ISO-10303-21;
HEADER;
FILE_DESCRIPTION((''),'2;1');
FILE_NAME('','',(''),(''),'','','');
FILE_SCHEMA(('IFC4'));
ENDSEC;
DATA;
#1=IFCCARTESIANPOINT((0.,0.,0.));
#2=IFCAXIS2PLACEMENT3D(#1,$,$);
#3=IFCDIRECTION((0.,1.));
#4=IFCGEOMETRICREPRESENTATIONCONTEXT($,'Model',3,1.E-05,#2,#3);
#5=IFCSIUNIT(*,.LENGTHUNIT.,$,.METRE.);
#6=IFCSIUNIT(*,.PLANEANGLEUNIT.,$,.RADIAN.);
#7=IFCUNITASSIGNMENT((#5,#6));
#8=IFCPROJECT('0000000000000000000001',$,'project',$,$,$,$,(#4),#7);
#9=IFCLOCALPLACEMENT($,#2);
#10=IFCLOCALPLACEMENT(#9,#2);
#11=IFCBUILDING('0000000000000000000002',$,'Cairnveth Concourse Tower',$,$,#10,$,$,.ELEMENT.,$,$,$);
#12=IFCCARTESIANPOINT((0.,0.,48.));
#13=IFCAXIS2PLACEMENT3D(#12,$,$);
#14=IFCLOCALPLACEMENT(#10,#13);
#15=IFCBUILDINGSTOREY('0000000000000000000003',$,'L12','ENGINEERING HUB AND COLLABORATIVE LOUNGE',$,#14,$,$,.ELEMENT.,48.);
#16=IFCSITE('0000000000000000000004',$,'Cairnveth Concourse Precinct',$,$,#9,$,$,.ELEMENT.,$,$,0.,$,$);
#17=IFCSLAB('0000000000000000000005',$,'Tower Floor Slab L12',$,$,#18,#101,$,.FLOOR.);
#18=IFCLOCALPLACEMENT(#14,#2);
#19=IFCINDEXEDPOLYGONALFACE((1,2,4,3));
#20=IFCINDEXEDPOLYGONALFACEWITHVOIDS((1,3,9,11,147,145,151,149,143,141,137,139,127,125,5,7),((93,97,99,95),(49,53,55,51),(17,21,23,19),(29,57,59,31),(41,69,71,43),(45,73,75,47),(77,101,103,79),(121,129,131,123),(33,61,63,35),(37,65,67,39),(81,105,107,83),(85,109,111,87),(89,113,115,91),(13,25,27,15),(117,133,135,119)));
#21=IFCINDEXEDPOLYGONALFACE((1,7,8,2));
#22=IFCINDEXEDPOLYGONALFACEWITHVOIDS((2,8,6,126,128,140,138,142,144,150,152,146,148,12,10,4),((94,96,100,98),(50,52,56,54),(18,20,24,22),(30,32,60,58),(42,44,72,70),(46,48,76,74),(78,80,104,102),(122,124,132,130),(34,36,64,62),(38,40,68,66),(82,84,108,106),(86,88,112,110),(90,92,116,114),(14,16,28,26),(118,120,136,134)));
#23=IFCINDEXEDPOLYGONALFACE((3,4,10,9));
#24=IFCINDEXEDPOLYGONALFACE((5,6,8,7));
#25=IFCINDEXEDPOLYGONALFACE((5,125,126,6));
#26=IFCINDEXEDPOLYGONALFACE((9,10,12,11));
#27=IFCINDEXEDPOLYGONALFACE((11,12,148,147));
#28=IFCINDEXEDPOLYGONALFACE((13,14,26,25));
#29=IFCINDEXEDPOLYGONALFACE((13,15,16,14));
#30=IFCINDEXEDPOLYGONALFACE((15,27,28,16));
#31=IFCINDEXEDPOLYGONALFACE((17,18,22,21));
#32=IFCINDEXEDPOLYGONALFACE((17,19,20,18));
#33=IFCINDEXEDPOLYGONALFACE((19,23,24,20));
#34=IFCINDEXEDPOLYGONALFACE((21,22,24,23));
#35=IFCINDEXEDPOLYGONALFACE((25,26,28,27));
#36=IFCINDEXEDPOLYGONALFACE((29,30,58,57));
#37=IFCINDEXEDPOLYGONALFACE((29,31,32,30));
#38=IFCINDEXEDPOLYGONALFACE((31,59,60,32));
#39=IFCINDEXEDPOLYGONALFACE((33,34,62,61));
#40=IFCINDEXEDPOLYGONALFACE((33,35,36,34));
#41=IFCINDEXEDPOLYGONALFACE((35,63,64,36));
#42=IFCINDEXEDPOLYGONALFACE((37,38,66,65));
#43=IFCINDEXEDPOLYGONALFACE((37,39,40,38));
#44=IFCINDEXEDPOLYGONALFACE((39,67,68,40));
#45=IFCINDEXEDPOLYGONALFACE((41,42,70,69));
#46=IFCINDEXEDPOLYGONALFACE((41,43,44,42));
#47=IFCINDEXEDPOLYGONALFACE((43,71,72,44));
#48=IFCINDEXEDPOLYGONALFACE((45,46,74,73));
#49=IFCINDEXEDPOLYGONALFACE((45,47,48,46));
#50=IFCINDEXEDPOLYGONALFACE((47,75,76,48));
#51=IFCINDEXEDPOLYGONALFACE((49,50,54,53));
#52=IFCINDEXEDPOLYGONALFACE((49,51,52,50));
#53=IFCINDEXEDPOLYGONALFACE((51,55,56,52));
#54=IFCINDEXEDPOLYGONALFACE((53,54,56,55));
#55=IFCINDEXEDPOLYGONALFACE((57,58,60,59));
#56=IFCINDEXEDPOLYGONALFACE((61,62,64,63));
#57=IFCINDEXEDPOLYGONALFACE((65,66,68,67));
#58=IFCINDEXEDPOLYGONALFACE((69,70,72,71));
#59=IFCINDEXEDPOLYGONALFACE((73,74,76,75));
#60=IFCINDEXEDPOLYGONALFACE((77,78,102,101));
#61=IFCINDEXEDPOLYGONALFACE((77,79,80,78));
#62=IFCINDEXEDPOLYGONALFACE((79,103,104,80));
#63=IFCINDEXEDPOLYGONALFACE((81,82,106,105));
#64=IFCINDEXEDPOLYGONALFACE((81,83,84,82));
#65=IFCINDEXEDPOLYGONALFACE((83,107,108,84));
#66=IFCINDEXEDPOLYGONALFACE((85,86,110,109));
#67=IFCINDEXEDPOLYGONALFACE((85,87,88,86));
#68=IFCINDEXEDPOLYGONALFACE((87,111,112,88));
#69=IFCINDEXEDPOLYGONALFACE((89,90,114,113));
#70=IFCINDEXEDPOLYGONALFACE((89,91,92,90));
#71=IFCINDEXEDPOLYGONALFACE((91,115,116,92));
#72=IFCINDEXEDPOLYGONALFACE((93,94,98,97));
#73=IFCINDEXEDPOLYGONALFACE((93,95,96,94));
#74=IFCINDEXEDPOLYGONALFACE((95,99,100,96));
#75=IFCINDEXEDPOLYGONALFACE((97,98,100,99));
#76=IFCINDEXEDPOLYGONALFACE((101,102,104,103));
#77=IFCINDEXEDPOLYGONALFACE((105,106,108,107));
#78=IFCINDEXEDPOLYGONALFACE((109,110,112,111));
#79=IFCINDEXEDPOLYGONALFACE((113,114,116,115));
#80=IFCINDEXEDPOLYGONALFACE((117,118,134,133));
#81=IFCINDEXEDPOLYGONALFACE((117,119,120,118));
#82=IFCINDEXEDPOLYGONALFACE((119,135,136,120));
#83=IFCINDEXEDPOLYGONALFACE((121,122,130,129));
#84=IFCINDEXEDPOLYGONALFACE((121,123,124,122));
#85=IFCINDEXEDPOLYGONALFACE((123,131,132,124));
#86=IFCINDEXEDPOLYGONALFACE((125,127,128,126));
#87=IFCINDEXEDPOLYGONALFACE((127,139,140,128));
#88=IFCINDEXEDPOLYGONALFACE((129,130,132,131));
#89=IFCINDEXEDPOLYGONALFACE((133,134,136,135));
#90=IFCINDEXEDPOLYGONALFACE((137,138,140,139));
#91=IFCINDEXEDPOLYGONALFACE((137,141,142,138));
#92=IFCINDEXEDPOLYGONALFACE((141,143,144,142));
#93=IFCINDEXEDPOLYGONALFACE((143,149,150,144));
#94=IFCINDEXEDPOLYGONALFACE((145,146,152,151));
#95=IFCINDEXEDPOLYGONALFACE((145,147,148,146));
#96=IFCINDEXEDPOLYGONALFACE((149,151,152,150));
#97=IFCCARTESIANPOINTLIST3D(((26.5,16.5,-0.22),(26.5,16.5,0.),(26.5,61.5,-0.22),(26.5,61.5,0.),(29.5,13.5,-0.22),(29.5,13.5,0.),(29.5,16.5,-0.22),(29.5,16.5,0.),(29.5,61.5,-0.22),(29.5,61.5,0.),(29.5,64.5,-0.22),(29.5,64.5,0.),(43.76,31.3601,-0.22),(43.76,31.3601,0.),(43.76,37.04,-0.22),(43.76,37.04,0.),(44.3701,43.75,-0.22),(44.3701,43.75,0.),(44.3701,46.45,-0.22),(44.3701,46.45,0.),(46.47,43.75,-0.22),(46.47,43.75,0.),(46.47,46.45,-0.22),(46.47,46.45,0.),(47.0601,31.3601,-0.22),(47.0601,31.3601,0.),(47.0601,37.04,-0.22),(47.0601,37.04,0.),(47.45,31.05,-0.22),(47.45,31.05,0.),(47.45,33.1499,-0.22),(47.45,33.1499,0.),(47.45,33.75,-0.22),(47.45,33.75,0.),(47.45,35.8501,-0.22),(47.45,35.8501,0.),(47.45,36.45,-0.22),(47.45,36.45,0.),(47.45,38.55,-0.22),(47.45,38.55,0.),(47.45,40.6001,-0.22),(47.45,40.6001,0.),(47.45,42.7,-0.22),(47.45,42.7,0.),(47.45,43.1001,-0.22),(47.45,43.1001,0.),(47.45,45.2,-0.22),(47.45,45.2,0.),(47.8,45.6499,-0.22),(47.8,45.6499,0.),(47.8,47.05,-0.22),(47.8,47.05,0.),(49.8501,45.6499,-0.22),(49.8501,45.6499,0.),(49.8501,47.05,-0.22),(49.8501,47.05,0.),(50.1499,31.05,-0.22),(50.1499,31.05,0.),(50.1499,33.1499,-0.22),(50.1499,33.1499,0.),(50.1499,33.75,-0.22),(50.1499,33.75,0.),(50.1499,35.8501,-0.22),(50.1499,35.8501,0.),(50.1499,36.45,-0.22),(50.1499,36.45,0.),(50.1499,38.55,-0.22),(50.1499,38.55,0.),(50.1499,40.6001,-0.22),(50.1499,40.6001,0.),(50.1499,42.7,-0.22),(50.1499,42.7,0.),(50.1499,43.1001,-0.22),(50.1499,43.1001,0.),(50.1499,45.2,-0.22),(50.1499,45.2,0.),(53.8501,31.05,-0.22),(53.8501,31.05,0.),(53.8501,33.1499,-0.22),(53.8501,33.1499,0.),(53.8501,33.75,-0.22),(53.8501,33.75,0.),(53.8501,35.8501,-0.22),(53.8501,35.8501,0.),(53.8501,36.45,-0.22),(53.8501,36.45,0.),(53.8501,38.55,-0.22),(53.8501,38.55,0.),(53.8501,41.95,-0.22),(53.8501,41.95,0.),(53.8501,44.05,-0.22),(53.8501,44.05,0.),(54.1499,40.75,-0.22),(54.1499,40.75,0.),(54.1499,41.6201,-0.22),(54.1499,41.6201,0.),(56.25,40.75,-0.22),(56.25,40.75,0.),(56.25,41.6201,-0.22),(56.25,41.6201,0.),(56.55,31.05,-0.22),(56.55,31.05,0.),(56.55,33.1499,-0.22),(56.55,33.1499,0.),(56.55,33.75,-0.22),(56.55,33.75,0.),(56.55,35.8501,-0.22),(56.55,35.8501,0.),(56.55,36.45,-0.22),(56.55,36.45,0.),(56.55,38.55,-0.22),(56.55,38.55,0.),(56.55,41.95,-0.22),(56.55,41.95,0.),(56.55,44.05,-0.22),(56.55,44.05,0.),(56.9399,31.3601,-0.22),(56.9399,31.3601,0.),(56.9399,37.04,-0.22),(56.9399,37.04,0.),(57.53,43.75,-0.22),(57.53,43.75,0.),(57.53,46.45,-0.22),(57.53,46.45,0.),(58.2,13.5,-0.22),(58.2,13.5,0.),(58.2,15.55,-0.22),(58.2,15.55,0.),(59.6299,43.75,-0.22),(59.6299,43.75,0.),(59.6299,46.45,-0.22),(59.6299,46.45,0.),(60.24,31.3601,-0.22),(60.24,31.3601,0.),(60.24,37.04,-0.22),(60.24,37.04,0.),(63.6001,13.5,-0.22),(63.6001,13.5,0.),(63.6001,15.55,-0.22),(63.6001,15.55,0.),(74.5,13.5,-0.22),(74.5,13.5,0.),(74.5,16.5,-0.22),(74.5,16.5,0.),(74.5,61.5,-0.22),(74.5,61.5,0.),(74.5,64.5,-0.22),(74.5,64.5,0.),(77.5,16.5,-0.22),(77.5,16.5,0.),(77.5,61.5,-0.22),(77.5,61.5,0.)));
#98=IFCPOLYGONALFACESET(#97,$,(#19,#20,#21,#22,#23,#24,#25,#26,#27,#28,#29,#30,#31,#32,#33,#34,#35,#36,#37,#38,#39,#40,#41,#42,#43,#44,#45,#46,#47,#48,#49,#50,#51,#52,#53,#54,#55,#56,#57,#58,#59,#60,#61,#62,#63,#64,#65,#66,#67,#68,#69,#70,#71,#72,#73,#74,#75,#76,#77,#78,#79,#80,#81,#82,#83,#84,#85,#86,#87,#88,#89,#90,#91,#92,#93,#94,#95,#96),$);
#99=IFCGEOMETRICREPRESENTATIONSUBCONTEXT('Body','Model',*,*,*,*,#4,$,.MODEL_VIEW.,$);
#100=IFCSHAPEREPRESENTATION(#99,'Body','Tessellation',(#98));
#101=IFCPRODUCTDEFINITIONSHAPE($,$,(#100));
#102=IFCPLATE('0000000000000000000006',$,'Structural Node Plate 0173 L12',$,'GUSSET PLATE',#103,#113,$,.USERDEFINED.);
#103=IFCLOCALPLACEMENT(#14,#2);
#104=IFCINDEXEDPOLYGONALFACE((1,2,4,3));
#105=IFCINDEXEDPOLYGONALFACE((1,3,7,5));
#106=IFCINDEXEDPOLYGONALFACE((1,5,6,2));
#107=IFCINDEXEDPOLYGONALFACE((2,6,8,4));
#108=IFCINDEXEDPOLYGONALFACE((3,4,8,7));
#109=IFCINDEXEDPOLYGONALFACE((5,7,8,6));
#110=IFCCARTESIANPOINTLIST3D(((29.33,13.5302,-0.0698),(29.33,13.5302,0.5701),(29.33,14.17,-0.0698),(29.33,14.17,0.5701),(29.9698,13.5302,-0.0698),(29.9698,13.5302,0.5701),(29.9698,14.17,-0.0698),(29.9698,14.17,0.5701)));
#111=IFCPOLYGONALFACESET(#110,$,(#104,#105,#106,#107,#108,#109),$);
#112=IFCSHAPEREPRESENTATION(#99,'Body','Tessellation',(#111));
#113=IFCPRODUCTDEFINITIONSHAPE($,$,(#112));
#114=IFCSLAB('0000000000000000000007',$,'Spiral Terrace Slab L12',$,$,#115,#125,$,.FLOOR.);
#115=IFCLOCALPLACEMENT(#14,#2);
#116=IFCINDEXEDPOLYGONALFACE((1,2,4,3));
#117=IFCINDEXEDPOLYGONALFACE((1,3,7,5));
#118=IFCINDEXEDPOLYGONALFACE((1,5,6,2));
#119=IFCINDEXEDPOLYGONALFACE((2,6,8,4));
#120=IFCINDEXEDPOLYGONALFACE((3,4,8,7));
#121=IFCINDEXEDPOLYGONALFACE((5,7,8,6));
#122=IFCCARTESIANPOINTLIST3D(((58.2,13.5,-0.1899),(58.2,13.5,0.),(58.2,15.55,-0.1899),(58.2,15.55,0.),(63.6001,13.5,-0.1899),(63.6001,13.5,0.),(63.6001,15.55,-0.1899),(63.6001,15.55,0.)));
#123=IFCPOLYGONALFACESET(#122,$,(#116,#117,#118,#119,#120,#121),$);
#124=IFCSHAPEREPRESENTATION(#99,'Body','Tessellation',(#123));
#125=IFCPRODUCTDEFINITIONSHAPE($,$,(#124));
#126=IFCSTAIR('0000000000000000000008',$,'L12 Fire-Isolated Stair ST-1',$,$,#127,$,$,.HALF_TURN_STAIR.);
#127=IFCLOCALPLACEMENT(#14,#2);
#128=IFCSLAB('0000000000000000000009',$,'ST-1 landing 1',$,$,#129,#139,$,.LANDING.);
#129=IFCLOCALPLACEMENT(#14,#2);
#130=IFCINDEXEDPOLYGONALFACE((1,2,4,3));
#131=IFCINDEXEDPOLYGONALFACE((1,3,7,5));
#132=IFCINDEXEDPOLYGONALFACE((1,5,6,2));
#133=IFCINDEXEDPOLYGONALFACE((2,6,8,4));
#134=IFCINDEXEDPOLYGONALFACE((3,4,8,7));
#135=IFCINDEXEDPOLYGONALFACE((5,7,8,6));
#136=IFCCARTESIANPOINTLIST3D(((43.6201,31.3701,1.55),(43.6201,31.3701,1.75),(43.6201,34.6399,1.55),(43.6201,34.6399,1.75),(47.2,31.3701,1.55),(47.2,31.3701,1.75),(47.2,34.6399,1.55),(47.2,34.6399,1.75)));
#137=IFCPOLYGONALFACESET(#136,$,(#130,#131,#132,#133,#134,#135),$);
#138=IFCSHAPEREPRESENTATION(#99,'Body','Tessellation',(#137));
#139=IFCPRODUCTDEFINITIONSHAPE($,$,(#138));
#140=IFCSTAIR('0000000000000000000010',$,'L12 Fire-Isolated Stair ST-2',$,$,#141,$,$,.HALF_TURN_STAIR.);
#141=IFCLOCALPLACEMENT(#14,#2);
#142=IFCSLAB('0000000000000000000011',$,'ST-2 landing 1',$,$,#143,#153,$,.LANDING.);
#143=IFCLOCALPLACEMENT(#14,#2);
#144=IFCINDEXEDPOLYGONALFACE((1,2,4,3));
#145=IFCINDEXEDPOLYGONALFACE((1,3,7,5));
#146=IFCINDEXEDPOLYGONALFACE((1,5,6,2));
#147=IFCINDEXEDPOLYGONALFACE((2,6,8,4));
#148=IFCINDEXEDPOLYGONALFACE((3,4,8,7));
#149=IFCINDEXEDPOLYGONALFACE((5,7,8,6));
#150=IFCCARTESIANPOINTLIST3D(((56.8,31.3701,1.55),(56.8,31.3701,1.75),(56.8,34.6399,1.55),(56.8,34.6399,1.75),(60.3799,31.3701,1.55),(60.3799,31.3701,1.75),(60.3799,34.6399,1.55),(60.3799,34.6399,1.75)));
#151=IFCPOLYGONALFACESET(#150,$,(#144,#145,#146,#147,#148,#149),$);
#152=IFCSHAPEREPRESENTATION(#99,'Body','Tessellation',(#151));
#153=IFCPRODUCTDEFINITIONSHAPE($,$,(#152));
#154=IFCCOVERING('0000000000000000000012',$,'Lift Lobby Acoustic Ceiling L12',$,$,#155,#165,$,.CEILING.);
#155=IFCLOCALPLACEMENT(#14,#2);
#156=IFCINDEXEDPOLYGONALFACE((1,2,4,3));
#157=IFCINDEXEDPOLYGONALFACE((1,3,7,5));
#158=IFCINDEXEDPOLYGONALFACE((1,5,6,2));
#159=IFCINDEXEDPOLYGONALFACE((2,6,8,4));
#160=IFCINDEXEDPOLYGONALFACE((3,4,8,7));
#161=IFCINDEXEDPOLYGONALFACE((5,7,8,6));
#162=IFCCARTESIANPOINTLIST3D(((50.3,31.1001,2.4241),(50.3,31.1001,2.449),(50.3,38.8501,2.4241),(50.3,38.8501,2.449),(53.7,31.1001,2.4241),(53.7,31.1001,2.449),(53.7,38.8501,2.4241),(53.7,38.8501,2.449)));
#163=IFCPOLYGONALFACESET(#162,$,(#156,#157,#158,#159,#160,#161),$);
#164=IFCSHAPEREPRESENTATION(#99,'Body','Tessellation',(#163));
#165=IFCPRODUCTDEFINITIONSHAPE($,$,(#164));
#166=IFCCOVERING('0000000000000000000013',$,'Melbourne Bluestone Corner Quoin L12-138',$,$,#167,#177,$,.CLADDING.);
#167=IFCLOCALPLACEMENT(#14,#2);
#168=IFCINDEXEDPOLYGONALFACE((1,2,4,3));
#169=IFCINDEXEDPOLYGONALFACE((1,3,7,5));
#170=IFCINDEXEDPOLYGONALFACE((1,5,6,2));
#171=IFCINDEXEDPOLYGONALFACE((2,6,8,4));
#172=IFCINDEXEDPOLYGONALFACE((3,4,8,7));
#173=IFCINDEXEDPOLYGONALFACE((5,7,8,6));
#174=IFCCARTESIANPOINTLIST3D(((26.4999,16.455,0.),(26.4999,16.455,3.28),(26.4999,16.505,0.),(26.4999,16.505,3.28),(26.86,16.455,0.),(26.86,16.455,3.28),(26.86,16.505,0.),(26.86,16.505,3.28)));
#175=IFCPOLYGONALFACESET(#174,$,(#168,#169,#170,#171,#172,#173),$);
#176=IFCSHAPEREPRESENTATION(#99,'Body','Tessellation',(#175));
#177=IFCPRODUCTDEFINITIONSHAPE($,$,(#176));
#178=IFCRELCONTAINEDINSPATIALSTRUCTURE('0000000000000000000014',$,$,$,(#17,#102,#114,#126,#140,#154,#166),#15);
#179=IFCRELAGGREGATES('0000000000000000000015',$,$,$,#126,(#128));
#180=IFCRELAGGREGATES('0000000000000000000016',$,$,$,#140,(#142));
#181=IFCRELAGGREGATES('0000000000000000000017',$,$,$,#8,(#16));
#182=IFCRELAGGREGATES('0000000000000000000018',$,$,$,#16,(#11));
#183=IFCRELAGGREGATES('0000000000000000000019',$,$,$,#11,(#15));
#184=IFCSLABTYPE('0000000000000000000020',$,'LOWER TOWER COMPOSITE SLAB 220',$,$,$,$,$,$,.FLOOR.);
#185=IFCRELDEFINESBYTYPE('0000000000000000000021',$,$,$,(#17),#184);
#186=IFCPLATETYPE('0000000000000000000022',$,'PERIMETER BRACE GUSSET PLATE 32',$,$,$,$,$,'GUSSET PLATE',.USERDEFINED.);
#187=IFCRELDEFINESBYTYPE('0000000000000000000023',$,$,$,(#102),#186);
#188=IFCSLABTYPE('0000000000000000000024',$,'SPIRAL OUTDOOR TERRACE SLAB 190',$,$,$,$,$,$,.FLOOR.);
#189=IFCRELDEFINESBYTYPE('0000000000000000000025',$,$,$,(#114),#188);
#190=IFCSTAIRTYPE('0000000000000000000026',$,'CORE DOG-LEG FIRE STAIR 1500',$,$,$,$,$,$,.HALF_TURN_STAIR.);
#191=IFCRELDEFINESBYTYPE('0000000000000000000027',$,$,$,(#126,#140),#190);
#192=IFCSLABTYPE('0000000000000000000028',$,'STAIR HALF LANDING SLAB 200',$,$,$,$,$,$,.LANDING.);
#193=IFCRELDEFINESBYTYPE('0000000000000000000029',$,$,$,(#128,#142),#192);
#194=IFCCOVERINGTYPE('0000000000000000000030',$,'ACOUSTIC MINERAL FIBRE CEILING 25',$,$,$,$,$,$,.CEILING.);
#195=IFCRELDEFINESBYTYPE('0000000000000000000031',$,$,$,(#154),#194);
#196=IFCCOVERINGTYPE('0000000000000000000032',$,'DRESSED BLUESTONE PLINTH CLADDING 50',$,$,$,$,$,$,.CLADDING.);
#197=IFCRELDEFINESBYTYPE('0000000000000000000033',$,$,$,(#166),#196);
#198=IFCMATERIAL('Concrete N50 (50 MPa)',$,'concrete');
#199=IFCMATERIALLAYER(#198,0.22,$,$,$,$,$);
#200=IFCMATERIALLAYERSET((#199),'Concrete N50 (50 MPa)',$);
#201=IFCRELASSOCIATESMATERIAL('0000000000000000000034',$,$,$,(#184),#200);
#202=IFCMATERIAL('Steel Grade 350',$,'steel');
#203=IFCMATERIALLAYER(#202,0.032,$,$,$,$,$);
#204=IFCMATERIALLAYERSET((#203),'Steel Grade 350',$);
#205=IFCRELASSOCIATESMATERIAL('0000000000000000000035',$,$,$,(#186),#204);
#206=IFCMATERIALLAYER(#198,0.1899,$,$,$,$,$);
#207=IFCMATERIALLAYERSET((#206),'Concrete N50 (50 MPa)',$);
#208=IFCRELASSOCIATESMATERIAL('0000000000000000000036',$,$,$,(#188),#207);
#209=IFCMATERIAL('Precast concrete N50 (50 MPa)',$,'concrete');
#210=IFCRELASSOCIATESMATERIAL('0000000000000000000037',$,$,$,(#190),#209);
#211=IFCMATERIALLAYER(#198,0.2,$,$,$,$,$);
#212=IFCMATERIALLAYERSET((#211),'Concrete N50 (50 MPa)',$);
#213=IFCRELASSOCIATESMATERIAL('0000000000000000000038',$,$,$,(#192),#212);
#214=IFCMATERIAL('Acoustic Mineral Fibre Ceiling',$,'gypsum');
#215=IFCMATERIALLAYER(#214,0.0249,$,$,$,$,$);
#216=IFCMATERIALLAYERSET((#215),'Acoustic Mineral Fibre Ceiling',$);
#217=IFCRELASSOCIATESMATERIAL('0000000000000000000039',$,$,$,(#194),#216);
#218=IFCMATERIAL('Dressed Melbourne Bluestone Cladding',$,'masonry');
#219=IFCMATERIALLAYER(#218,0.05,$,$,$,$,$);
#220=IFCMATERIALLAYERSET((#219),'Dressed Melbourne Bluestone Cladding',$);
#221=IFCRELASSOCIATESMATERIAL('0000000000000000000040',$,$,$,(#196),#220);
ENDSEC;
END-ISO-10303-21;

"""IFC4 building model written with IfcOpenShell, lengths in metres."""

from ifc_helpers import new_model, si_unit, direction, frame, frame_2d, origin, origin_2d, place, context, subcontext, project, spatial, polyline, rectangle, outline, extrude, material, layer, layer_set, type_object, element, aggregate, save


model = new_model("IFC4")

# Units and contexts
model_context = context("Model", 3, precision=1e-05, world=origin(), true_north=direction((0.0, 1.0)))
body_context = subcontext(model_context, "Body", "Model", "MODEL_VIEW")
ifc_project = project(units=[si_unit("LENGTHUNIT", "METRE"), si_unit("PLANEANGLEUNIT", "RADIAN")], contexts=[model_context])

# Site, building, storey
site_placement = place(None, origin())
site = spatial("IfcSite", under=ifc_project, at=site_placement, Name="Cairnveth Concourse Precinct", CompositionType="ELEMENT", RefElevation=0.0)
building_placement = place(site_placement, origin())
building = spatial("IfcBuilding", under=site, at=building_placement, Name="Cairnveth Concourse Tower", CompositionType="ELEMENT")
storey_placement = place(building_placement, frame((0.0, 0.0, 48.0)))
storey = spatial("IfcBuildingStorey", under=building, at=storey_placement, Name="L12", Description="ENGINEERING HUB AND COLLABORATIVE LOUNGE", CompositionType="ELEMENT", Elevation=48.0)

# Shared definitions
ifc_material_1 = material(Name="Steel Grade 350", Category="steel")

# Slab
ifc_material_2 = material(Name="Concrete N50 (50 MPa)", Category="concrete")
ifc_layer_1 = layer(ifc_material_2, 0.22)
ifc_layer_set_1 = layer_set([ifc_layer_1], Name="Concrete N50 (50 MPa)")
slab_type_1 = type_object("IfcSlabType", Name="LOWER TOWER COMPOSITE SLAB 220", PredefinedType="FLOOR", material=ifc_layer_set_1)
slab_1_placement = place(storey_placement, frame((0.0, 0.0, -0.22)))
element("IfcSlab", 1, at=slab_1_placement, inside=storey, type_object=slab_type_1, Name="Tower Floor Slab L12", PredefinedType="FLOOR", context=body_context, shape_type="SweptSolid", body=[
    extrude(outline(polyline([(58.2, 13.5), (58.2, 15.55), (63.6001, 15.55), (63.6001, 13.5), (74.5, 13.5), (74.5, 16.5), (77.5, 16.5), (77.5, 61.5), (74.5, 61.5), (74.5, 64.5), (29.5, 64.5), (29.5, 61.5), (26.5, 61.5), (26.5, 16.5), (29.5, 16.5), (29.5, 13.5), (58.2, 13.5)]), holes=[polyline([(43.76, 31.3601), (47.0601, 31.3601), (47.0601, 37.04), (43.76, 37.04), (43.76, 31.3601)]), polyline([(56.9399, 31.3601), (60.24, 31.3601), (60.24, 37.04), (56.9399, 37.04), (56.9399, 31.3601)]), polyline([(44.3701, 43.75), (46.47, 43.75), (46.47, 46.45), (44.3701, 46.45), (44.3701, 43.75)]), polyline([(57.53, 43.75), (59.6299, 43.75), (59.6299, 46.45), (57.53, 46.45), (57.53, 43.75)]), polyline([(47.45, 31.05), (50.1499, 31.05), (50.1499, 33.1499), (47.45, 33.1499), (47.45, 31.05)]), polyline([(47.45, 33.75), (50.1499, 33.75), (50.1499, 35.8501), (47.45, 35.8501), (47.45, 33.75)]), polyline([(47.45, 36.45), (50.1499, 36.45), (50.1499, 38.55), (47.45, 38.55), (47.45, 36.45)]), polyline([(53.8501, 31.05), (56.55, 31.05), (56.55, 33.1499), (53.8501, 33.1499), (53.8501, 31.05)]), polyline([(53.8501, 33.75), (56.55, 33.75), (56.55, 35.8501), (53.8501, 35.8501), (53.8501, 33.75)]), polyline([(53.8501, 36.45), (56.55, 36.45), (56.55, 38.55), (53.8501, 38.55), (53.8501, 36.45)]), polyline([(47.45, 40.6001), (50.1499, 40.6001), (50.1499, 42.7), (47.45, 42.7), (47.45, 40.6001)]), polyline([(47.45, 43.1001), (50.1499, 43.1001), (50.1499, 45.2), (47.45, 45.2), (47.45, 43.1001)]), polyline([(53.8501, 41.95), (56.55, 41.95), (56.55, 44.05), (53.8501, 44.05), (53.8501, 41.95)]), polyline([(47.8, 45.6499), (49.8501, 45.6499), (49.8501, 47.05), (47.8, 47.05), (47.8, 45.6499)]), polyline([(54.1499, 40.75), (56.25, 40.75), (56.25, 41.6201), (54.1499, 41.6201), (54.1499, 40.75)])]), origin(), (0.0, 0.0, 1.0), 0.22),
])

# Plate
ifc_layer_2 = layer(ifc_material_1, 0.032)
ifc_layer_set_2 = layer_set([ifc_layer_2], Name="Steel Grade 350")
plate_type = type_object("IfcPlateType", Name="PERIMETER BRACE GUSSET PLATE 32", ElementType="GUSSET PLATE", PredefinedType="USERDEFINED", material=ifc_layer_set_2)
plate_placement = place(storey_placement, frame((29.6499, 13.8501, -0.0698), z_axis=(0.0, 0.0, 1.0), x_axis=(1.0, 0.0, 0.0)))
element("IfcPlate", 2, at=plate_placement, inside=storey, type_object=plate_type, Name="Structural Node Plate 0173 L12", ObjectType="GUSSET PLATE", PredefinedType="USERDEFINED", context=body_context, shape_type="SweptSolid", body=[
    extrude(rectangle(XDim=0.6399, YDim=0.6399, at=origin_2d()), origin(), (0.0, 0.0, 1.0), 0.6399),
])

# Slab
ifc_layer_3 = layer(ifc_material_2, 0.1899)
ifc_layer_set_3 = layer_set([ifc_layer_3], Name="Concrete N50 (50 MPa)")
slab_type_2 = type_object("IfcSlabType", Name="SPIRAL OUTDOOR TERRACE SLAB 190", PredefinedType="FLOOR", material=ifc_layer_set_3)
slab_2_placement = place(storey_placement, frame((0.0, 0.0, -0.1899)))
element("IfcSlab", 3, at=slab_2_placement, inside=storey, type_object=slab_type_2, Name="Spiral Terrace Slab L12", PredefinedType="FLOOR", context=body_context, shape_type="SweptSolid", body=[
    extrude(outline(polyline([(58.2, 13.5), (63.6001, 13.5), (63.6001, 15.55), (58.2, 15.55), (58.2, 13.5)])), origin(), (0.0, 0.0, 1.0), 0.1899),
])

# Stairs, slabs
ifc_material_3 = material(Name="Precast concrete N50 (50 MPa)", Category="concrete")
stair_type = type_object("IfcStairType", Name="CORE DOG-LEG FIRE STAIR 1500", PredefinedType="HALF_TURN_STAIR", material=ifc_material_3)
stair_1_placement = place(storey_placement, origin())
stair_1 = element("IfcStair", 4, at=stair_1_placement, inside=storey, type_object=stair_type, Name="L12 Fire-Isolated Stair ST-1", PredefinedType="HALF_TURN_STAIR")
ifc_layer_4 = layer(ifc_material_2, 0.2)
ifc_layer_set_4 = layer_set([ifc_layer_4], Name="Concrete N50 (50 MPa)")
slab_type_3 = type_object("IfcSlabType", Name="STAIR HALF LANDING SLAB 200", PredefinedType="LANDING", material=ifc_layer_set_4)
slab_3_placement = place(storey_placement, frame((0.0, 0.0, 1.55)))
slab_3 = element("IfcSlab", 5, at=slab_3_placement, type_object=slab_type_3, Name="ST-1 landing 1", PredefinedType="LANDING", context=body_context, shape_type="SweptSolid", body=[
    extrude(outline(polyline([(43.6201, 34.6399), (43.6201, 31.3701), (47.2, 31.3701), (47.2, 34.6399), (43.6201, 34.6399)])), origin(), (0.0, 0.0, 1.0), 0.2),
])
aggregate(stair_1, [slab_3])
stair_2_placement = place(storey_placement, origin())
stair_2 = element("IfcStair", 6, at=stair_2_placement, inside=storey, type_object=stair_type, Name="L12 Fire-Isolated Stair ST-2", PredefinedType="HALF_TURN_STAIR")
slab_4_placement = place(storey_placement, frame((0.0, 0.0, 1.55)))
slab_4 = element("IfcSlab", 7, at=slab_4_placement, type_object=slab_type_3, Name="ST-2 landing 1", PredefinedType="LANDING", context=body_context, shape_type="SweptSolid", body=[
    extrude(outline(polyline([(56.8, 34.6399), (56.8, 31.3701), (60.3799, 31.3701), (60.3799, 34.6399), (56.8, 34.6399)])), origin(), (0.0, 0.0, 1.0), 0.2),
])
aggregate(stair_2, [slab_4])

# Coverings
ifc_material_4 = material(Name="Acoustic Mineral Fibre Ceiling", Category="gypsum")
ifc_layer_5 = layer(ifc_material_4, 0.0249)
ifc_layer_set_5 = layer_set([ifc_layer_5], Name="Acoustic Mineral Fibre Ceiling")
covering_type_1 = type_object("IfcCoveringType", Name="ACOUSTIC MINERAL FIBRE CEILING 25", PredefinedType="CEILING", material=ifc_layer_set_5)
covering_1_placement = place(storey_placement, frame((0.0, 0.0, 2.4241)))
element("IfcCovering", 8, at=covering_1_placement, inside=storey, type_object=covering_type_1, Name="Lift Lobby Acoustic Ceiling L12", PredefinedType="CEILING", context=body_context, shape_type="SweptSolid", body=[
    extrude(outline(polyline([(50.3, 31.1001), (53.7, 31.1001), (53.7, 38.8501), (50.3, 38.8501), (50.3, 31.1001)])), origin(), (0.0, 0.0, 1.0), 0.0249),
])
ifc_material_5 = material(Name="Dressed Melbourne Bluestone Cladding", Category="masonry")
ifc_layer_6 = layer(ifc_material_5, 0.05)
ifc_layer_set_6 = layer_set([ifc_layer_6], Name="Dressed Melbourne Bluestone Cladding")
covering_type_2 = type_object("IfcCoveringType", Name="DRESSED BLUESTONE PLINTH CLADDING 50", PredefinedType="CLADDING", material=ifc_layer_set_6)
covering_2_placement = place(storey_placement, frame((26.8601, 16.48, 0.0), z_axis=(0.0, 0.0, 1.0), x_axis=(-1.0, 0.0, 0.0)))
element("IfcCovering", 9, at=covering_2_placement, inside=storey, type_object=covering_type_2, Name="Melbourne Bluestone Corner Quoin L12-138", PredefinedType="CLADDING", context=body_context, shape_type="SweptSolid", body=[
    extrude(rectangle(XDim=0.3601, YDim=0.05, at=frame_2d((0.1802, 0.0))), origin(), (0.0, 0.0, 1.0), 3.28),
])

save(model, "model.ifc")
